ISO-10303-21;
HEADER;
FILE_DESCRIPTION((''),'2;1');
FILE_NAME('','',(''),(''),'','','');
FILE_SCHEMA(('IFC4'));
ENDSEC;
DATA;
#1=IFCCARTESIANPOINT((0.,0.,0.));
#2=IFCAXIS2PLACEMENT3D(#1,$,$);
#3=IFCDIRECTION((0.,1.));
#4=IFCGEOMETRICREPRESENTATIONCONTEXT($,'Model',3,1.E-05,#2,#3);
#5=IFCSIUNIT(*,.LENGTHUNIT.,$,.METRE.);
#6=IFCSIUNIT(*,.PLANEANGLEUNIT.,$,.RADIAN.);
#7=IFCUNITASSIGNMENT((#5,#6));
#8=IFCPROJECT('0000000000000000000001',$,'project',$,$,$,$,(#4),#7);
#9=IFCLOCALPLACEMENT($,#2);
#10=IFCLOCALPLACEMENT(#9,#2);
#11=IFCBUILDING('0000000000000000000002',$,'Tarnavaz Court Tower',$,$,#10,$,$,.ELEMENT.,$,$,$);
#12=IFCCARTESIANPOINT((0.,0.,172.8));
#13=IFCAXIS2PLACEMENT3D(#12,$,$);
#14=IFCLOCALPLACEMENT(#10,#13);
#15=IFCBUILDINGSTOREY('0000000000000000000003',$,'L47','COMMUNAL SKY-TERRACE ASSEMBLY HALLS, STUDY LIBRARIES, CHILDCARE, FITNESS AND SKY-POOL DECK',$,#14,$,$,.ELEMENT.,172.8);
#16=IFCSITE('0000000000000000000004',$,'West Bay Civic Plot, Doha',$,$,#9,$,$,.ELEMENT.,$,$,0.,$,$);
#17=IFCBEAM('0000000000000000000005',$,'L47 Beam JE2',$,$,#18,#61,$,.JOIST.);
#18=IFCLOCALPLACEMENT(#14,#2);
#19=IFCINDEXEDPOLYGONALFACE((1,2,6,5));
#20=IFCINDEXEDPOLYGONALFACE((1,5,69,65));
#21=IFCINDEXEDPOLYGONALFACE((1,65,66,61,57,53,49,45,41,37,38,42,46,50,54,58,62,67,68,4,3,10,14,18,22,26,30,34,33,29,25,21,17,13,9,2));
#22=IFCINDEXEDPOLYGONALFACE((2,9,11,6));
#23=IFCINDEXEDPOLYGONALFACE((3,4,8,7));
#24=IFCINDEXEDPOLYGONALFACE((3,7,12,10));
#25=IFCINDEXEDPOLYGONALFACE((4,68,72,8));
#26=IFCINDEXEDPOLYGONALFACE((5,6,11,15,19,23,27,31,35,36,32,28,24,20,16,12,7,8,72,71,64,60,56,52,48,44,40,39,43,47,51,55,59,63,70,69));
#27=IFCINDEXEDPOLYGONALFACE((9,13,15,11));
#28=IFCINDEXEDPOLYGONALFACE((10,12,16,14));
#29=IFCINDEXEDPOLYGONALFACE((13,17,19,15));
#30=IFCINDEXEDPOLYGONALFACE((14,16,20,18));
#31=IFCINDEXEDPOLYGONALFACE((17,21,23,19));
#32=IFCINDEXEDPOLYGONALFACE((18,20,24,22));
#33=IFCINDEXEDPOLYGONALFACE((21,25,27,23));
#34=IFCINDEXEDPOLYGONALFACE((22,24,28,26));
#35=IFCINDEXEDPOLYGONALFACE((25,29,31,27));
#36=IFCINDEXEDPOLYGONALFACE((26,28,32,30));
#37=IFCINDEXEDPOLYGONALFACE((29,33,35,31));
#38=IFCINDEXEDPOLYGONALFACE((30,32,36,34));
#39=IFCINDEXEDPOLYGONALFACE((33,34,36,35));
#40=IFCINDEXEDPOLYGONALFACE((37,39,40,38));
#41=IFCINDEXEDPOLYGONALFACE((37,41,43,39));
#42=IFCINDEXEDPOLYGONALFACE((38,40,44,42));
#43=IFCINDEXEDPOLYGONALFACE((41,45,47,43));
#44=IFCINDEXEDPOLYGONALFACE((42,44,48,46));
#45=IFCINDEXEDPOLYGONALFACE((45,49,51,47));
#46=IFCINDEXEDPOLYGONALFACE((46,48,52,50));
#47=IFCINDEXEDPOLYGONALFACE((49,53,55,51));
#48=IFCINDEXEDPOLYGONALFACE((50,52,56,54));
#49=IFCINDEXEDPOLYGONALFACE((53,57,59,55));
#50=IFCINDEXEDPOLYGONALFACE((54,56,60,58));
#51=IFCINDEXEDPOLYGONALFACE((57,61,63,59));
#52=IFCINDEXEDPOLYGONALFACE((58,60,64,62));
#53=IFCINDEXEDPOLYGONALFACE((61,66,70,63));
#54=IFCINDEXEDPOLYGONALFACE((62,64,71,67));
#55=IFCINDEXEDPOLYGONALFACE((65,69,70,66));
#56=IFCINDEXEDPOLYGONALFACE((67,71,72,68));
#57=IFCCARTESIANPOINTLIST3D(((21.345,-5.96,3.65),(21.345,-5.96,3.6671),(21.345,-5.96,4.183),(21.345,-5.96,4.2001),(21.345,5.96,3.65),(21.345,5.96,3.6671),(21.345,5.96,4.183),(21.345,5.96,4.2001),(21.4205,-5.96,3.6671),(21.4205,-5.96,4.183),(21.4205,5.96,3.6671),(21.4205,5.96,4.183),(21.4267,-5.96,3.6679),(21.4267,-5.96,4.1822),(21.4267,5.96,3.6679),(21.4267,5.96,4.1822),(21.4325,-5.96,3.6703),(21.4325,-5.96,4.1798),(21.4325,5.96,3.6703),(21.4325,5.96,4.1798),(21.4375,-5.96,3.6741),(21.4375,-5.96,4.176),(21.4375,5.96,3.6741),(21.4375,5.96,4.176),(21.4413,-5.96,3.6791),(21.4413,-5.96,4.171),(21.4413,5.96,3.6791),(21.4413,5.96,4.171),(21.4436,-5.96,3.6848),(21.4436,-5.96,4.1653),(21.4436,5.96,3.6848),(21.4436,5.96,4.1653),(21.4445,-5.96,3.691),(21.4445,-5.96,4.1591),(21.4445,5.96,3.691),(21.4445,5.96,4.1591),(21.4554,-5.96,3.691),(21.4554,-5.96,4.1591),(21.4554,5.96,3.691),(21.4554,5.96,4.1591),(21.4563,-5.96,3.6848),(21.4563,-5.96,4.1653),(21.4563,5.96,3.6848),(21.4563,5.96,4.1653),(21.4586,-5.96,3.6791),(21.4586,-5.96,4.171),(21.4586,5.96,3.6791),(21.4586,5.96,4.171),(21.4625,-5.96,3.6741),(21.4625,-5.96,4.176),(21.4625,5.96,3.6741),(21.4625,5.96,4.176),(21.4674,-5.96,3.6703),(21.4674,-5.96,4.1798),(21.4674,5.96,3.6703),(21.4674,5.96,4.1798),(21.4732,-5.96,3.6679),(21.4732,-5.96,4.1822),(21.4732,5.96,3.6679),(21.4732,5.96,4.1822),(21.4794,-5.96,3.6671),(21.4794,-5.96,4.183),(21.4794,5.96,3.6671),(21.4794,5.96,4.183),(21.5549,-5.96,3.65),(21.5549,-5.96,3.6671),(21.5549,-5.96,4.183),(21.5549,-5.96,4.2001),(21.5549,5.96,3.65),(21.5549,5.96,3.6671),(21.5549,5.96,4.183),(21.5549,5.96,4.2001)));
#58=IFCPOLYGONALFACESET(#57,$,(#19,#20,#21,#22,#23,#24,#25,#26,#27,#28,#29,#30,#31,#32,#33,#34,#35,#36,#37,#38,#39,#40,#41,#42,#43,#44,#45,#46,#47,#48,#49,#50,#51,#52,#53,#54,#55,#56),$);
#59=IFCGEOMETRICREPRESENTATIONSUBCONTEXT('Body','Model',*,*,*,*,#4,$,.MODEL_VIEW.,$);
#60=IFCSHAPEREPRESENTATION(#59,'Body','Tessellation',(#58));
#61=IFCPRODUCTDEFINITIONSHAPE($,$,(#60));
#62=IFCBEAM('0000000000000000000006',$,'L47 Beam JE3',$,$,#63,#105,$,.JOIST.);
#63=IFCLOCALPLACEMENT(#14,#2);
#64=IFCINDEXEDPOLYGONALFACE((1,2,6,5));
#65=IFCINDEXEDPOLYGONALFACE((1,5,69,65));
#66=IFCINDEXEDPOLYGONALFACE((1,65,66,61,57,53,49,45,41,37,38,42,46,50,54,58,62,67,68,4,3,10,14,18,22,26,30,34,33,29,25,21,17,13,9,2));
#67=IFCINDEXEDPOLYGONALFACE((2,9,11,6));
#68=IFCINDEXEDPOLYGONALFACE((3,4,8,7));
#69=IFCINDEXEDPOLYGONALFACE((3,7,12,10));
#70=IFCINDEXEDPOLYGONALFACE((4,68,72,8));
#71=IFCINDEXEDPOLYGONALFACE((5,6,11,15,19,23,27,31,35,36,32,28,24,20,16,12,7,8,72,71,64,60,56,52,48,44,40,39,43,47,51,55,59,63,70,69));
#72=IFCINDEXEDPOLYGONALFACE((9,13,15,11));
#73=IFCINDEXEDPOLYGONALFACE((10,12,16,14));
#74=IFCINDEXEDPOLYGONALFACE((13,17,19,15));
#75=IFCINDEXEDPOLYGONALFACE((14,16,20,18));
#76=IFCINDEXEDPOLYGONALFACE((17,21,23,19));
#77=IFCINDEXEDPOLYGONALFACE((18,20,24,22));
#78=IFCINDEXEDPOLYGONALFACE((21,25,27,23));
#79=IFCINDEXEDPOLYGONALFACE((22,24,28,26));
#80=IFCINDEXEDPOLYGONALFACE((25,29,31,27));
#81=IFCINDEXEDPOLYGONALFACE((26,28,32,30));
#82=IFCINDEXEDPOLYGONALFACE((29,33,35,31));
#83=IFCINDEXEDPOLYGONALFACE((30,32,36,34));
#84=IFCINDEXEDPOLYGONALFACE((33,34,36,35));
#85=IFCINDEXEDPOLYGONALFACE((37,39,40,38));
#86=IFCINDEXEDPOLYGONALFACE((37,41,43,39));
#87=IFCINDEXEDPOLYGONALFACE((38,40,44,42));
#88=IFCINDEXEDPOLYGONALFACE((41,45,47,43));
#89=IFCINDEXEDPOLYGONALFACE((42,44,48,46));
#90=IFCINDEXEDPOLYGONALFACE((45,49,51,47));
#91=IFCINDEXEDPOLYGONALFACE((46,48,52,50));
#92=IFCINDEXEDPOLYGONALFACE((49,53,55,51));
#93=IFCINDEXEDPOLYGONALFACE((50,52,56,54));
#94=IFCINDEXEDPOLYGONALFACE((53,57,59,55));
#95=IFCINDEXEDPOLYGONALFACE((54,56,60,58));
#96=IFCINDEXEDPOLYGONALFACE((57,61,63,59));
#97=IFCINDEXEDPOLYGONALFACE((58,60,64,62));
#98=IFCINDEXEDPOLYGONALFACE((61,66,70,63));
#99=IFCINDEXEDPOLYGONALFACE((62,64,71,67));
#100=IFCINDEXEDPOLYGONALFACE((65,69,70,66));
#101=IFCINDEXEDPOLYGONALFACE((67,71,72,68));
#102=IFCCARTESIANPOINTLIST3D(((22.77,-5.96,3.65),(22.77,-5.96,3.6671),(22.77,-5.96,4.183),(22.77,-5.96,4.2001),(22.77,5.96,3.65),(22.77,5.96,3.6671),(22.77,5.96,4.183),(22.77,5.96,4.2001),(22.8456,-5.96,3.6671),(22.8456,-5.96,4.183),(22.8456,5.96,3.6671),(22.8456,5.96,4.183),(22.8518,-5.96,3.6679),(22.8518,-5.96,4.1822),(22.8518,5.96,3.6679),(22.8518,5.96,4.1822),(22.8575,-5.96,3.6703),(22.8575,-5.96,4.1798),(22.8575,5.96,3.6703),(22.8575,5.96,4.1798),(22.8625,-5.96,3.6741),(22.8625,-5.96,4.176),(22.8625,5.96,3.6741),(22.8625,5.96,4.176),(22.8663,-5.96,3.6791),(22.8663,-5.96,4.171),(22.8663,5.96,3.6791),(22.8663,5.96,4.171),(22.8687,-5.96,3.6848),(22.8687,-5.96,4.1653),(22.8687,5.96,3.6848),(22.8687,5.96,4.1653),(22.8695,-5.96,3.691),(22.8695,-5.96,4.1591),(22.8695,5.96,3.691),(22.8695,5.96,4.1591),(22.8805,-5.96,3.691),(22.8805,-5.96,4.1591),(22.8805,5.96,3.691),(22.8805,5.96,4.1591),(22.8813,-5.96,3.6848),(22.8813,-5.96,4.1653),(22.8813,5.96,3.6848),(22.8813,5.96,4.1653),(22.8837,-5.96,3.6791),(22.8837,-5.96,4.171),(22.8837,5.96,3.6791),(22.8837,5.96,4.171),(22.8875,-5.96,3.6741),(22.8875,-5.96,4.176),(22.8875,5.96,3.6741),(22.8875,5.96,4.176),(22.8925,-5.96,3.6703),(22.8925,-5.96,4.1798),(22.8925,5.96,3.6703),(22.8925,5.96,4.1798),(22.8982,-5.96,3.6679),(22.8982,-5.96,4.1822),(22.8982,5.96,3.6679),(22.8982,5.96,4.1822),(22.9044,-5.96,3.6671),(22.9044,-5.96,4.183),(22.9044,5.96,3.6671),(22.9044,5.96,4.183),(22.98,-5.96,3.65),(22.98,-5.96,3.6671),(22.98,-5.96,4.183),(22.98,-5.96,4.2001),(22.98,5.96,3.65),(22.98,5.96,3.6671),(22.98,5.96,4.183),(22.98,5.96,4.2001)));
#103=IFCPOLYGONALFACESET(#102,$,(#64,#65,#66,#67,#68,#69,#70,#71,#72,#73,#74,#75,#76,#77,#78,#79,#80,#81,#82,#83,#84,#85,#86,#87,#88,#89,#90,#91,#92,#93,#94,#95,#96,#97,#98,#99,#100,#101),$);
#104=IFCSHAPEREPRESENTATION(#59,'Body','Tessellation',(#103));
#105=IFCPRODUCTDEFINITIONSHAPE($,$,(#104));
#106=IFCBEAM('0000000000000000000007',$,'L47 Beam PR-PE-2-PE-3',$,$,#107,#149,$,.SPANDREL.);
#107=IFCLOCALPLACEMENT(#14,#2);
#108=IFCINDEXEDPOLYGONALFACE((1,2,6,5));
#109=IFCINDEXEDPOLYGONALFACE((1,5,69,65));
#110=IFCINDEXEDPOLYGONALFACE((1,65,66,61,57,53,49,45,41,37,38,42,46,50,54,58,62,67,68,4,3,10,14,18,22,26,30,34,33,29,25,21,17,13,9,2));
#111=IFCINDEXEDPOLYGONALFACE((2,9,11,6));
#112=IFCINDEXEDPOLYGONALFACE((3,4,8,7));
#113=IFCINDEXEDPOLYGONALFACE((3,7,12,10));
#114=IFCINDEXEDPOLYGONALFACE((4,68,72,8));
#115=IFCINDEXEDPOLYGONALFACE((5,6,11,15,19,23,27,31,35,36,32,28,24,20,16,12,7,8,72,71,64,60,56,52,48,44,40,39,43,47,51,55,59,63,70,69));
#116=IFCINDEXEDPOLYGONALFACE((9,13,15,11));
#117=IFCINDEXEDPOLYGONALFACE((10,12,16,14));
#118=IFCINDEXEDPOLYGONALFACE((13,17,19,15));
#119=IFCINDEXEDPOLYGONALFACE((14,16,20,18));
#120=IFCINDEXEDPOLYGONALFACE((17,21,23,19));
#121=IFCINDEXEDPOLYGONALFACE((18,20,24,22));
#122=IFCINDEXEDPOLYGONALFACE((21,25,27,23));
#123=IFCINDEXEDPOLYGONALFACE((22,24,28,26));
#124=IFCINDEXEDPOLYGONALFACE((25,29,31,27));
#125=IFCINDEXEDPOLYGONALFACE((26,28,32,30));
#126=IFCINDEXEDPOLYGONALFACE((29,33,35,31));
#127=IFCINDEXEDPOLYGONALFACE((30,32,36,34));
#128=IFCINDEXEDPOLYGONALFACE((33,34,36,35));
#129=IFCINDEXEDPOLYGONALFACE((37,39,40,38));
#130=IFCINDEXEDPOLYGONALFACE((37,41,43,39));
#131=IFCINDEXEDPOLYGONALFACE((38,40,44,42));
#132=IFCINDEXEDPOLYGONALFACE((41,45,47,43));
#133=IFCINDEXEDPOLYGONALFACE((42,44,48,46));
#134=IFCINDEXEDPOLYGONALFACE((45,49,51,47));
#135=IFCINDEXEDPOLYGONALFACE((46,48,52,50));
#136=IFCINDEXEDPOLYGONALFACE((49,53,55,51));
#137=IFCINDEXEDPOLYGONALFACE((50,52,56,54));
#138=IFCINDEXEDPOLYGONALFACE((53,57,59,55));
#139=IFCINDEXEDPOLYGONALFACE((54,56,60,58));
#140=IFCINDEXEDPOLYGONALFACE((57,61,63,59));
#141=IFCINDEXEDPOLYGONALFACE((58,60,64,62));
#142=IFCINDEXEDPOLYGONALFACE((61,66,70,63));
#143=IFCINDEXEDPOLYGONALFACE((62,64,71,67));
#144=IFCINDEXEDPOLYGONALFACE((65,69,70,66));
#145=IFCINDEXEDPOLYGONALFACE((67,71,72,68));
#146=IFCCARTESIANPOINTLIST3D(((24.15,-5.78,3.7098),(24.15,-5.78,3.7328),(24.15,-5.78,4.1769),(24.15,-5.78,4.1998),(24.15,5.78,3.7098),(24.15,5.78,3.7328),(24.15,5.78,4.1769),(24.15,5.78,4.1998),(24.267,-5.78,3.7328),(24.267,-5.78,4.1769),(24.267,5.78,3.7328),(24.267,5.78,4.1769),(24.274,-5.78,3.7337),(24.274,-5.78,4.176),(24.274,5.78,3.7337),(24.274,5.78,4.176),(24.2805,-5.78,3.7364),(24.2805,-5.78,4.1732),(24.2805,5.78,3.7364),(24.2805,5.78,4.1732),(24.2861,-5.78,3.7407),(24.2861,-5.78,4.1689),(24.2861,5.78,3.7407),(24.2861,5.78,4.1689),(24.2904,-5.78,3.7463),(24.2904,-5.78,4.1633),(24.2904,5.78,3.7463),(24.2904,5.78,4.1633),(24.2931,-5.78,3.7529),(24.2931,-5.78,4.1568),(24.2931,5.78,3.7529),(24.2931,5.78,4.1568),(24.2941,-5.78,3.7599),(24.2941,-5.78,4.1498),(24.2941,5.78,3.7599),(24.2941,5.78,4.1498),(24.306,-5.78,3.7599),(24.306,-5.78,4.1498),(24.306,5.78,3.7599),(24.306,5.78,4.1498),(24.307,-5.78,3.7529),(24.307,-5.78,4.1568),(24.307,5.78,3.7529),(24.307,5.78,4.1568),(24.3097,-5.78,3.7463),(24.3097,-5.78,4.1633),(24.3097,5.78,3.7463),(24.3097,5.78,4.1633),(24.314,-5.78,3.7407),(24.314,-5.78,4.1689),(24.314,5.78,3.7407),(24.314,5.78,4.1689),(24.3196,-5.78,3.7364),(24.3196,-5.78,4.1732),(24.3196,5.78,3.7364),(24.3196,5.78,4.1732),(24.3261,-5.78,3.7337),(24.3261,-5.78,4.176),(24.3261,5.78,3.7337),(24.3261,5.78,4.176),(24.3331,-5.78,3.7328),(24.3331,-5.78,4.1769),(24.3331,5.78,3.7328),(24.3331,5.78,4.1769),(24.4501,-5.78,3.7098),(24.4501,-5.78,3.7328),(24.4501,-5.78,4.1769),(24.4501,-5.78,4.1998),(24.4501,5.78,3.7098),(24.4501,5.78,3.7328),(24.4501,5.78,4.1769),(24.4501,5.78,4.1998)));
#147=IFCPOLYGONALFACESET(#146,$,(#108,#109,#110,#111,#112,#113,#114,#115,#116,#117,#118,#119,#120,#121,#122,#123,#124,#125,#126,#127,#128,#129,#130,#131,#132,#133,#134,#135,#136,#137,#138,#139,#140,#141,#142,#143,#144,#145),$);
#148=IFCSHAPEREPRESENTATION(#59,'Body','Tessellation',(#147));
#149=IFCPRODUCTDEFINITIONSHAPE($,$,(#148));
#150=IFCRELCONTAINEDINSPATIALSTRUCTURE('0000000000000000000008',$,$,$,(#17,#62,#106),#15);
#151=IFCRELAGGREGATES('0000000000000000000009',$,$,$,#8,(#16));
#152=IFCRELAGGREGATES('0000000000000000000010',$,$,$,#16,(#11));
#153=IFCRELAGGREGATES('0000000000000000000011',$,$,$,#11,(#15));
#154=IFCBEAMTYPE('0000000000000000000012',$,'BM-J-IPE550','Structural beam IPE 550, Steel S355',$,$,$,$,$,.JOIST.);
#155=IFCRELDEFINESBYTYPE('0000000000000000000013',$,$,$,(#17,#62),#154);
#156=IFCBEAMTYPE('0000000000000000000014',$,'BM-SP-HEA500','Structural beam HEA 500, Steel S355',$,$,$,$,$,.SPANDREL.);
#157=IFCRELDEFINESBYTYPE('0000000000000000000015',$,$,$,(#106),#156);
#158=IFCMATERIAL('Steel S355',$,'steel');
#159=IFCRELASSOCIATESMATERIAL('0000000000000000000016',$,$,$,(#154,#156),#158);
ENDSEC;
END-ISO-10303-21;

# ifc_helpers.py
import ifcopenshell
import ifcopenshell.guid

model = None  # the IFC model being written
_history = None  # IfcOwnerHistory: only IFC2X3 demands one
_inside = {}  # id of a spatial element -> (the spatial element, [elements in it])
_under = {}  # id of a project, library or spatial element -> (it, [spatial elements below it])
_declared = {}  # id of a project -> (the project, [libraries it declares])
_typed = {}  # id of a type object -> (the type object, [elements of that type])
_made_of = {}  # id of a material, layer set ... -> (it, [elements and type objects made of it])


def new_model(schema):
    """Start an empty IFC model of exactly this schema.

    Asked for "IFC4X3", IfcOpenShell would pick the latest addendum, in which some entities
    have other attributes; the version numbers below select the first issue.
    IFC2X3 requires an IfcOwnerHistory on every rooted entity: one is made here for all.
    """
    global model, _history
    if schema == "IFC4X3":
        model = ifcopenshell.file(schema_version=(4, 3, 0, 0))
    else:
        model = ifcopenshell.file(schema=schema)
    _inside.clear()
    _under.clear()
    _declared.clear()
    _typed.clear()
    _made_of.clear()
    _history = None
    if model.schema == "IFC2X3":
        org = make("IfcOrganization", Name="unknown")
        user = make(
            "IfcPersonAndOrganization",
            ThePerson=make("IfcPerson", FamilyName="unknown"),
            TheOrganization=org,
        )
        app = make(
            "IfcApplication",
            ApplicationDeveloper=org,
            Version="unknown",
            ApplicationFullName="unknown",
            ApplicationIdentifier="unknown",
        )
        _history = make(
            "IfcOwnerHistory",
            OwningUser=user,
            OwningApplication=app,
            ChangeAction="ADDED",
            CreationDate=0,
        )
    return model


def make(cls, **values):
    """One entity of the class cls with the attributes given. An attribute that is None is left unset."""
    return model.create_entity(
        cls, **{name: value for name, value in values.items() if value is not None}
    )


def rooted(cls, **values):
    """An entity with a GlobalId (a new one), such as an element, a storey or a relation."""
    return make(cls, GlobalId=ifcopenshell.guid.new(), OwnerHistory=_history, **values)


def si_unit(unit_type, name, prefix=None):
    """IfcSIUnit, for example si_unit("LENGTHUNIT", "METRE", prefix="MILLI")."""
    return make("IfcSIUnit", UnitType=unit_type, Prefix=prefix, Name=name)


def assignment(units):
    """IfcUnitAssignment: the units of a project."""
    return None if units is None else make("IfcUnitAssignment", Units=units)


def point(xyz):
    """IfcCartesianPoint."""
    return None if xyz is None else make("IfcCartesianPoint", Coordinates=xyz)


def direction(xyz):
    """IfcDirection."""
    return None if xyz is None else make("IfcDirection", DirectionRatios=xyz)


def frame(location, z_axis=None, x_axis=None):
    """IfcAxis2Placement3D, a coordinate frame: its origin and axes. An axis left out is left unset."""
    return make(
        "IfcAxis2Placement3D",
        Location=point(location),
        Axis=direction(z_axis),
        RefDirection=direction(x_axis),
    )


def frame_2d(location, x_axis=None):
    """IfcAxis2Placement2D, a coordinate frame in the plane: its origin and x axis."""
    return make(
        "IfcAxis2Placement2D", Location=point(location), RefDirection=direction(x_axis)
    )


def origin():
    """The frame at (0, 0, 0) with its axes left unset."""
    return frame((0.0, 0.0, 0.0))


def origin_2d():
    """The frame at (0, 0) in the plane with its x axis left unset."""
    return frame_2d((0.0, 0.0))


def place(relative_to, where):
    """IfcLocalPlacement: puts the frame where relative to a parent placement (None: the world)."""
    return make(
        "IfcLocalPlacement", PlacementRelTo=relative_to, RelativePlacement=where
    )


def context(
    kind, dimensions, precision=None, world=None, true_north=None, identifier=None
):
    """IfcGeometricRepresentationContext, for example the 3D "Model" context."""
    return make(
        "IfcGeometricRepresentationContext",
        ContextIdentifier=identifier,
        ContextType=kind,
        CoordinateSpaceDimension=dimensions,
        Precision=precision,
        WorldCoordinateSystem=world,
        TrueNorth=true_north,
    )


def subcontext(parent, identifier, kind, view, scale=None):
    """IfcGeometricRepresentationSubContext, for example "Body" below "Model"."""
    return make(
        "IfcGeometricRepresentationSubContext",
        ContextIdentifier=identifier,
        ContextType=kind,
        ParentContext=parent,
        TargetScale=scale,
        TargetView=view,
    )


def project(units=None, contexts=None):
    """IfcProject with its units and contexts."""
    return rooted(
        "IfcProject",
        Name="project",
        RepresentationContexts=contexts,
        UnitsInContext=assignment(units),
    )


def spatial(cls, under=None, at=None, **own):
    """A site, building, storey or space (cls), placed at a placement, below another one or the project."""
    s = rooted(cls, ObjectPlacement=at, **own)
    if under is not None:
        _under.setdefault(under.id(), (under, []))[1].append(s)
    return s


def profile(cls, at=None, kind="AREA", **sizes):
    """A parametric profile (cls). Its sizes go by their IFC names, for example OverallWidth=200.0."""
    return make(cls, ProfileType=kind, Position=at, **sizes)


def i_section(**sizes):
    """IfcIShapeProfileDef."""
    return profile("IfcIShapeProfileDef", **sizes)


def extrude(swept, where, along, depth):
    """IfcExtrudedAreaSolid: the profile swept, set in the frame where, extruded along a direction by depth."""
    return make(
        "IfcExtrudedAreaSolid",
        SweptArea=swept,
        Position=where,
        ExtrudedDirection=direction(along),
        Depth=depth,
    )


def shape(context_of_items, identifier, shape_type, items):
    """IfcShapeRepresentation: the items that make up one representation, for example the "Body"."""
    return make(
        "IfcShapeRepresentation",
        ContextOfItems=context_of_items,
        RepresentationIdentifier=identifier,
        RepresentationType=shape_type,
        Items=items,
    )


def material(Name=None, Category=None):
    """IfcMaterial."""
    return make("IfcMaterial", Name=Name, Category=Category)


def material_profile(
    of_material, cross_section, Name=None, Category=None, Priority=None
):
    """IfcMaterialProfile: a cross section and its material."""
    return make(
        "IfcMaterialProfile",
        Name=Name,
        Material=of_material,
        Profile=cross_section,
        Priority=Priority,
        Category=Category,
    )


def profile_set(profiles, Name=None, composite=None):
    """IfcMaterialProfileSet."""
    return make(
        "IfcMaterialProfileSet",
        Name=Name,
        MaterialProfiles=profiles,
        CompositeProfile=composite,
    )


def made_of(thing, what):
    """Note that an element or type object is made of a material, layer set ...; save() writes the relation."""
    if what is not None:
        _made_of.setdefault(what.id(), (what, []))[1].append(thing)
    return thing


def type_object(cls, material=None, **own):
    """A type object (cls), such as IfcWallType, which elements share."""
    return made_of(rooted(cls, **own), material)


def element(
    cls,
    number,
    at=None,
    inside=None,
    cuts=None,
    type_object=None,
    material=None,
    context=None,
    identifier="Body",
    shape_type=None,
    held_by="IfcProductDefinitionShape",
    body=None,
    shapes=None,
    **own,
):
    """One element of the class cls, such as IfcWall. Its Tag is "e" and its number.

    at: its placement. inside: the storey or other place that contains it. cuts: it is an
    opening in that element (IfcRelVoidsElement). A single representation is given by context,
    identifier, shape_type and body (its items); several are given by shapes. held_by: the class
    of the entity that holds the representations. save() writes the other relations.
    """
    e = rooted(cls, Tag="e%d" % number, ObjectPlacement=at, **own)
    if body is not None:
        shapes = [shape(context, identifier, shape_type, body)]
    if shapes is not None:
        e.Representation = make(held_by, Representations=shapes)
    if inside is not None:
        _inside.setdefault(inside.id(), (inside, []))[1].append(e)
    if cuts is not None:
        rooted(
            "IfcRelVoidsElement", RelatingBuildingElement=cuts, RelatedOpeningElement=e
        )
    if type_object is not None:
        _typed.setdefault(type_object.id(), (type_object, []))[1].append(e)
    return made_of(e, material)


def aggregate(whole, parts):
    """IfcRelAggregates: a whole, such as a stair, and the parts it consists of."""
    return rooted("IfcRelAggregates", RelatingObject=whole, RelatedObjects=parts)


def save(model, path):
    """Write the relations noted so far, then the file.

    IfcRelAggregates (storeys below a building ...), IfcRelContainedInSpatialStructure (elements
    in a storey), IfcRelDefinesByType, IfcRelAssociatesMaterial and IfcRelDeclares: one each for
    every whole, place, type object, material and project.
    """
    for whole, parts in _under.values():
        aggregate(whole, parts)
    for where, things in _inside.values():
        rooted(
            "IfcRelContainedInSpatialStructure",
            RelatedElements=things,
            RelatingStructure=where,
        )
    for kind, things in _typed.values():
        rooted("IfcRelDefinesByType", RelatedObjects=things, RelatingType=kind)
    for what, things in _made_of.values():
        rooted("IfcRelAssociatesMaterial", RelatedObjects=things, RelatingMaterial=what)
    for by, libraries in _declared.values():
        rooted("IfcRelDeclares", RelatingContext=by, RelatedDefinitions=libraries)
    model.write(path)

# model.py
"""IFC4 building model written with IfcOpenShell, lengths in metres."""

from ifc_helpers import new_model, si_unit, direction, frame, origin, origin_2d, place, context, subcontext, project, spatial, i_section, extrude, material, material_profile, profile_set, type_object, element, save


model = new_model("IFC4")

# Units and contexts
model_context = context("Model", 3, precision=1e-05, world=origin(), true_north=direction((0.0, 1.0)))
body_context = subcontext(model_context, "Body", "Model", "MODEL_VIEW")
ifc_project = project(units=[si_unit("LENGTHUNIT", "METRE"), si_unit("PLANEANGLEUNIT", "RADIAN")], contexts=[model_context])

# Site, building, storey
site_placement = place(None, origin())
site = spatial("IfcSite", under=ifc_project, at=site_placement, Name="West Bay Civic Plot, Doha", CompositionType="ELEMENT", RefElevation=0.0)
building_placement = place(site_placement, origin())
building = spatial("IfcBuilding", under=site, at=building_placement, Name="Tarnavaz Court Tower", CompositionType="ELEMENT")
storey_placement = place(building_placement, frame((0.0, 0.0, 172.8)))
storey = spatial("IfcBuildingStorey", under=building, at=storey_placement, Name="L47", Description="COMMUNAL SKY-TERRACE ASSEMBLY HALLS, STUDY LIBRARIES, CHILDCARE, FITNESS AND SKY-POOL DECK", CompositionType="ELEMENT", Elevation=172.8)

# Beams
ifc_material_1 = material(Name="Steel S355", Category="steel")
ifc_material_profile_1 = material_profile(ifc_material_1, i_section(OverallWidth=0.21, OverallDepth=0.55, WebThickness=0.011, FlangeThickness=0.0171, FilletRadius=0.0239, at=origin_2d()), Name="IPE 550")
ifc_profile_set_1 = profile_set([ifc_material_profile_1], Name="Steel S355")
beam_type_1 = type_object("IfcBeamType", Name="BM-J-IPE550", Description="Structural beam IPE 550, Steel S355", PredefinedType="JOIST", material=ifc_profile_set_1)
for number, where, z_axis, x_axis, name in (
    (1, (21.45, -5.96, 3.925), (0.0, 1.0, 0.0), (-1.0, 0.0, 0.0), "L47 Beam JE2"),
    (2, (22.875, -5.96, 3.925), (0.0, 1.0, 0.0), (-1.0, 0.0, 0.0), "L47 Beam JE3"),
):
    element("IfcBeam", number, at=place(storey_placement, frame(where, z_axis=z_axis, x_axis=x_axis)), inside=storey, type_object=beam_type_1, Name=name, PredefinedType="JOIST", context=body_context, shape_type="SweptSolid", body=[
        extrude(i_section(OverallWidth=0.21, OverallDepth=0.55, WebThickness=0.011, FlangeThickness=0.0171, FilletRadius=0.0239, at=origin_2d()), origin(), (0.0, 0.0, 1.0), 11.9199),
    ])
ifc_material_profile_2 = material_profile(ifc_material_1, i_section(OverallWidth=0.3, OverallDepth=0.49, WebThickness=0.012, FlangeThickness=0.0229, FilletRadius=0.0271, at=origin_2d()), Name="HEA 500")
ifc_profile_set_2 = profile_set([ifc_material_profile_2], Name="Steel S355")
beam_type_2 = type_object("IfcBeamType", Name="BM-SP-HEA500", Description="Structural beam HEA 500, Steel S355", PredefinedType="SPANDREL", material=ifc_profile_set_2)
beam_1_placement = place(storey_placement, frame((24.3, -5.78, 3.9548), z_axis=(0.0, 1.0, 0.0), x_axis=(-1.0, 0.0, 0.0)))
element("IfcBeam", 3, at=beam_1_placement, inside=storey, type_object=beam_type_2, Name="L47 Beam PR-PE-2-PE-3", PredefinedType="SPANDREL", context=body_context, shape_type="SweptSolid", body=[
    extrude(i_section(OverallWidth=0.3, OverallDepth=0.49, WebThickness=0.012, FlangeThickness=0.0229, FilletRadius=0.0271, at=origin_2d()), origin(), (0.0, 0.0, 1.0), 11.5601),
])

save(model, "model.ifc")
